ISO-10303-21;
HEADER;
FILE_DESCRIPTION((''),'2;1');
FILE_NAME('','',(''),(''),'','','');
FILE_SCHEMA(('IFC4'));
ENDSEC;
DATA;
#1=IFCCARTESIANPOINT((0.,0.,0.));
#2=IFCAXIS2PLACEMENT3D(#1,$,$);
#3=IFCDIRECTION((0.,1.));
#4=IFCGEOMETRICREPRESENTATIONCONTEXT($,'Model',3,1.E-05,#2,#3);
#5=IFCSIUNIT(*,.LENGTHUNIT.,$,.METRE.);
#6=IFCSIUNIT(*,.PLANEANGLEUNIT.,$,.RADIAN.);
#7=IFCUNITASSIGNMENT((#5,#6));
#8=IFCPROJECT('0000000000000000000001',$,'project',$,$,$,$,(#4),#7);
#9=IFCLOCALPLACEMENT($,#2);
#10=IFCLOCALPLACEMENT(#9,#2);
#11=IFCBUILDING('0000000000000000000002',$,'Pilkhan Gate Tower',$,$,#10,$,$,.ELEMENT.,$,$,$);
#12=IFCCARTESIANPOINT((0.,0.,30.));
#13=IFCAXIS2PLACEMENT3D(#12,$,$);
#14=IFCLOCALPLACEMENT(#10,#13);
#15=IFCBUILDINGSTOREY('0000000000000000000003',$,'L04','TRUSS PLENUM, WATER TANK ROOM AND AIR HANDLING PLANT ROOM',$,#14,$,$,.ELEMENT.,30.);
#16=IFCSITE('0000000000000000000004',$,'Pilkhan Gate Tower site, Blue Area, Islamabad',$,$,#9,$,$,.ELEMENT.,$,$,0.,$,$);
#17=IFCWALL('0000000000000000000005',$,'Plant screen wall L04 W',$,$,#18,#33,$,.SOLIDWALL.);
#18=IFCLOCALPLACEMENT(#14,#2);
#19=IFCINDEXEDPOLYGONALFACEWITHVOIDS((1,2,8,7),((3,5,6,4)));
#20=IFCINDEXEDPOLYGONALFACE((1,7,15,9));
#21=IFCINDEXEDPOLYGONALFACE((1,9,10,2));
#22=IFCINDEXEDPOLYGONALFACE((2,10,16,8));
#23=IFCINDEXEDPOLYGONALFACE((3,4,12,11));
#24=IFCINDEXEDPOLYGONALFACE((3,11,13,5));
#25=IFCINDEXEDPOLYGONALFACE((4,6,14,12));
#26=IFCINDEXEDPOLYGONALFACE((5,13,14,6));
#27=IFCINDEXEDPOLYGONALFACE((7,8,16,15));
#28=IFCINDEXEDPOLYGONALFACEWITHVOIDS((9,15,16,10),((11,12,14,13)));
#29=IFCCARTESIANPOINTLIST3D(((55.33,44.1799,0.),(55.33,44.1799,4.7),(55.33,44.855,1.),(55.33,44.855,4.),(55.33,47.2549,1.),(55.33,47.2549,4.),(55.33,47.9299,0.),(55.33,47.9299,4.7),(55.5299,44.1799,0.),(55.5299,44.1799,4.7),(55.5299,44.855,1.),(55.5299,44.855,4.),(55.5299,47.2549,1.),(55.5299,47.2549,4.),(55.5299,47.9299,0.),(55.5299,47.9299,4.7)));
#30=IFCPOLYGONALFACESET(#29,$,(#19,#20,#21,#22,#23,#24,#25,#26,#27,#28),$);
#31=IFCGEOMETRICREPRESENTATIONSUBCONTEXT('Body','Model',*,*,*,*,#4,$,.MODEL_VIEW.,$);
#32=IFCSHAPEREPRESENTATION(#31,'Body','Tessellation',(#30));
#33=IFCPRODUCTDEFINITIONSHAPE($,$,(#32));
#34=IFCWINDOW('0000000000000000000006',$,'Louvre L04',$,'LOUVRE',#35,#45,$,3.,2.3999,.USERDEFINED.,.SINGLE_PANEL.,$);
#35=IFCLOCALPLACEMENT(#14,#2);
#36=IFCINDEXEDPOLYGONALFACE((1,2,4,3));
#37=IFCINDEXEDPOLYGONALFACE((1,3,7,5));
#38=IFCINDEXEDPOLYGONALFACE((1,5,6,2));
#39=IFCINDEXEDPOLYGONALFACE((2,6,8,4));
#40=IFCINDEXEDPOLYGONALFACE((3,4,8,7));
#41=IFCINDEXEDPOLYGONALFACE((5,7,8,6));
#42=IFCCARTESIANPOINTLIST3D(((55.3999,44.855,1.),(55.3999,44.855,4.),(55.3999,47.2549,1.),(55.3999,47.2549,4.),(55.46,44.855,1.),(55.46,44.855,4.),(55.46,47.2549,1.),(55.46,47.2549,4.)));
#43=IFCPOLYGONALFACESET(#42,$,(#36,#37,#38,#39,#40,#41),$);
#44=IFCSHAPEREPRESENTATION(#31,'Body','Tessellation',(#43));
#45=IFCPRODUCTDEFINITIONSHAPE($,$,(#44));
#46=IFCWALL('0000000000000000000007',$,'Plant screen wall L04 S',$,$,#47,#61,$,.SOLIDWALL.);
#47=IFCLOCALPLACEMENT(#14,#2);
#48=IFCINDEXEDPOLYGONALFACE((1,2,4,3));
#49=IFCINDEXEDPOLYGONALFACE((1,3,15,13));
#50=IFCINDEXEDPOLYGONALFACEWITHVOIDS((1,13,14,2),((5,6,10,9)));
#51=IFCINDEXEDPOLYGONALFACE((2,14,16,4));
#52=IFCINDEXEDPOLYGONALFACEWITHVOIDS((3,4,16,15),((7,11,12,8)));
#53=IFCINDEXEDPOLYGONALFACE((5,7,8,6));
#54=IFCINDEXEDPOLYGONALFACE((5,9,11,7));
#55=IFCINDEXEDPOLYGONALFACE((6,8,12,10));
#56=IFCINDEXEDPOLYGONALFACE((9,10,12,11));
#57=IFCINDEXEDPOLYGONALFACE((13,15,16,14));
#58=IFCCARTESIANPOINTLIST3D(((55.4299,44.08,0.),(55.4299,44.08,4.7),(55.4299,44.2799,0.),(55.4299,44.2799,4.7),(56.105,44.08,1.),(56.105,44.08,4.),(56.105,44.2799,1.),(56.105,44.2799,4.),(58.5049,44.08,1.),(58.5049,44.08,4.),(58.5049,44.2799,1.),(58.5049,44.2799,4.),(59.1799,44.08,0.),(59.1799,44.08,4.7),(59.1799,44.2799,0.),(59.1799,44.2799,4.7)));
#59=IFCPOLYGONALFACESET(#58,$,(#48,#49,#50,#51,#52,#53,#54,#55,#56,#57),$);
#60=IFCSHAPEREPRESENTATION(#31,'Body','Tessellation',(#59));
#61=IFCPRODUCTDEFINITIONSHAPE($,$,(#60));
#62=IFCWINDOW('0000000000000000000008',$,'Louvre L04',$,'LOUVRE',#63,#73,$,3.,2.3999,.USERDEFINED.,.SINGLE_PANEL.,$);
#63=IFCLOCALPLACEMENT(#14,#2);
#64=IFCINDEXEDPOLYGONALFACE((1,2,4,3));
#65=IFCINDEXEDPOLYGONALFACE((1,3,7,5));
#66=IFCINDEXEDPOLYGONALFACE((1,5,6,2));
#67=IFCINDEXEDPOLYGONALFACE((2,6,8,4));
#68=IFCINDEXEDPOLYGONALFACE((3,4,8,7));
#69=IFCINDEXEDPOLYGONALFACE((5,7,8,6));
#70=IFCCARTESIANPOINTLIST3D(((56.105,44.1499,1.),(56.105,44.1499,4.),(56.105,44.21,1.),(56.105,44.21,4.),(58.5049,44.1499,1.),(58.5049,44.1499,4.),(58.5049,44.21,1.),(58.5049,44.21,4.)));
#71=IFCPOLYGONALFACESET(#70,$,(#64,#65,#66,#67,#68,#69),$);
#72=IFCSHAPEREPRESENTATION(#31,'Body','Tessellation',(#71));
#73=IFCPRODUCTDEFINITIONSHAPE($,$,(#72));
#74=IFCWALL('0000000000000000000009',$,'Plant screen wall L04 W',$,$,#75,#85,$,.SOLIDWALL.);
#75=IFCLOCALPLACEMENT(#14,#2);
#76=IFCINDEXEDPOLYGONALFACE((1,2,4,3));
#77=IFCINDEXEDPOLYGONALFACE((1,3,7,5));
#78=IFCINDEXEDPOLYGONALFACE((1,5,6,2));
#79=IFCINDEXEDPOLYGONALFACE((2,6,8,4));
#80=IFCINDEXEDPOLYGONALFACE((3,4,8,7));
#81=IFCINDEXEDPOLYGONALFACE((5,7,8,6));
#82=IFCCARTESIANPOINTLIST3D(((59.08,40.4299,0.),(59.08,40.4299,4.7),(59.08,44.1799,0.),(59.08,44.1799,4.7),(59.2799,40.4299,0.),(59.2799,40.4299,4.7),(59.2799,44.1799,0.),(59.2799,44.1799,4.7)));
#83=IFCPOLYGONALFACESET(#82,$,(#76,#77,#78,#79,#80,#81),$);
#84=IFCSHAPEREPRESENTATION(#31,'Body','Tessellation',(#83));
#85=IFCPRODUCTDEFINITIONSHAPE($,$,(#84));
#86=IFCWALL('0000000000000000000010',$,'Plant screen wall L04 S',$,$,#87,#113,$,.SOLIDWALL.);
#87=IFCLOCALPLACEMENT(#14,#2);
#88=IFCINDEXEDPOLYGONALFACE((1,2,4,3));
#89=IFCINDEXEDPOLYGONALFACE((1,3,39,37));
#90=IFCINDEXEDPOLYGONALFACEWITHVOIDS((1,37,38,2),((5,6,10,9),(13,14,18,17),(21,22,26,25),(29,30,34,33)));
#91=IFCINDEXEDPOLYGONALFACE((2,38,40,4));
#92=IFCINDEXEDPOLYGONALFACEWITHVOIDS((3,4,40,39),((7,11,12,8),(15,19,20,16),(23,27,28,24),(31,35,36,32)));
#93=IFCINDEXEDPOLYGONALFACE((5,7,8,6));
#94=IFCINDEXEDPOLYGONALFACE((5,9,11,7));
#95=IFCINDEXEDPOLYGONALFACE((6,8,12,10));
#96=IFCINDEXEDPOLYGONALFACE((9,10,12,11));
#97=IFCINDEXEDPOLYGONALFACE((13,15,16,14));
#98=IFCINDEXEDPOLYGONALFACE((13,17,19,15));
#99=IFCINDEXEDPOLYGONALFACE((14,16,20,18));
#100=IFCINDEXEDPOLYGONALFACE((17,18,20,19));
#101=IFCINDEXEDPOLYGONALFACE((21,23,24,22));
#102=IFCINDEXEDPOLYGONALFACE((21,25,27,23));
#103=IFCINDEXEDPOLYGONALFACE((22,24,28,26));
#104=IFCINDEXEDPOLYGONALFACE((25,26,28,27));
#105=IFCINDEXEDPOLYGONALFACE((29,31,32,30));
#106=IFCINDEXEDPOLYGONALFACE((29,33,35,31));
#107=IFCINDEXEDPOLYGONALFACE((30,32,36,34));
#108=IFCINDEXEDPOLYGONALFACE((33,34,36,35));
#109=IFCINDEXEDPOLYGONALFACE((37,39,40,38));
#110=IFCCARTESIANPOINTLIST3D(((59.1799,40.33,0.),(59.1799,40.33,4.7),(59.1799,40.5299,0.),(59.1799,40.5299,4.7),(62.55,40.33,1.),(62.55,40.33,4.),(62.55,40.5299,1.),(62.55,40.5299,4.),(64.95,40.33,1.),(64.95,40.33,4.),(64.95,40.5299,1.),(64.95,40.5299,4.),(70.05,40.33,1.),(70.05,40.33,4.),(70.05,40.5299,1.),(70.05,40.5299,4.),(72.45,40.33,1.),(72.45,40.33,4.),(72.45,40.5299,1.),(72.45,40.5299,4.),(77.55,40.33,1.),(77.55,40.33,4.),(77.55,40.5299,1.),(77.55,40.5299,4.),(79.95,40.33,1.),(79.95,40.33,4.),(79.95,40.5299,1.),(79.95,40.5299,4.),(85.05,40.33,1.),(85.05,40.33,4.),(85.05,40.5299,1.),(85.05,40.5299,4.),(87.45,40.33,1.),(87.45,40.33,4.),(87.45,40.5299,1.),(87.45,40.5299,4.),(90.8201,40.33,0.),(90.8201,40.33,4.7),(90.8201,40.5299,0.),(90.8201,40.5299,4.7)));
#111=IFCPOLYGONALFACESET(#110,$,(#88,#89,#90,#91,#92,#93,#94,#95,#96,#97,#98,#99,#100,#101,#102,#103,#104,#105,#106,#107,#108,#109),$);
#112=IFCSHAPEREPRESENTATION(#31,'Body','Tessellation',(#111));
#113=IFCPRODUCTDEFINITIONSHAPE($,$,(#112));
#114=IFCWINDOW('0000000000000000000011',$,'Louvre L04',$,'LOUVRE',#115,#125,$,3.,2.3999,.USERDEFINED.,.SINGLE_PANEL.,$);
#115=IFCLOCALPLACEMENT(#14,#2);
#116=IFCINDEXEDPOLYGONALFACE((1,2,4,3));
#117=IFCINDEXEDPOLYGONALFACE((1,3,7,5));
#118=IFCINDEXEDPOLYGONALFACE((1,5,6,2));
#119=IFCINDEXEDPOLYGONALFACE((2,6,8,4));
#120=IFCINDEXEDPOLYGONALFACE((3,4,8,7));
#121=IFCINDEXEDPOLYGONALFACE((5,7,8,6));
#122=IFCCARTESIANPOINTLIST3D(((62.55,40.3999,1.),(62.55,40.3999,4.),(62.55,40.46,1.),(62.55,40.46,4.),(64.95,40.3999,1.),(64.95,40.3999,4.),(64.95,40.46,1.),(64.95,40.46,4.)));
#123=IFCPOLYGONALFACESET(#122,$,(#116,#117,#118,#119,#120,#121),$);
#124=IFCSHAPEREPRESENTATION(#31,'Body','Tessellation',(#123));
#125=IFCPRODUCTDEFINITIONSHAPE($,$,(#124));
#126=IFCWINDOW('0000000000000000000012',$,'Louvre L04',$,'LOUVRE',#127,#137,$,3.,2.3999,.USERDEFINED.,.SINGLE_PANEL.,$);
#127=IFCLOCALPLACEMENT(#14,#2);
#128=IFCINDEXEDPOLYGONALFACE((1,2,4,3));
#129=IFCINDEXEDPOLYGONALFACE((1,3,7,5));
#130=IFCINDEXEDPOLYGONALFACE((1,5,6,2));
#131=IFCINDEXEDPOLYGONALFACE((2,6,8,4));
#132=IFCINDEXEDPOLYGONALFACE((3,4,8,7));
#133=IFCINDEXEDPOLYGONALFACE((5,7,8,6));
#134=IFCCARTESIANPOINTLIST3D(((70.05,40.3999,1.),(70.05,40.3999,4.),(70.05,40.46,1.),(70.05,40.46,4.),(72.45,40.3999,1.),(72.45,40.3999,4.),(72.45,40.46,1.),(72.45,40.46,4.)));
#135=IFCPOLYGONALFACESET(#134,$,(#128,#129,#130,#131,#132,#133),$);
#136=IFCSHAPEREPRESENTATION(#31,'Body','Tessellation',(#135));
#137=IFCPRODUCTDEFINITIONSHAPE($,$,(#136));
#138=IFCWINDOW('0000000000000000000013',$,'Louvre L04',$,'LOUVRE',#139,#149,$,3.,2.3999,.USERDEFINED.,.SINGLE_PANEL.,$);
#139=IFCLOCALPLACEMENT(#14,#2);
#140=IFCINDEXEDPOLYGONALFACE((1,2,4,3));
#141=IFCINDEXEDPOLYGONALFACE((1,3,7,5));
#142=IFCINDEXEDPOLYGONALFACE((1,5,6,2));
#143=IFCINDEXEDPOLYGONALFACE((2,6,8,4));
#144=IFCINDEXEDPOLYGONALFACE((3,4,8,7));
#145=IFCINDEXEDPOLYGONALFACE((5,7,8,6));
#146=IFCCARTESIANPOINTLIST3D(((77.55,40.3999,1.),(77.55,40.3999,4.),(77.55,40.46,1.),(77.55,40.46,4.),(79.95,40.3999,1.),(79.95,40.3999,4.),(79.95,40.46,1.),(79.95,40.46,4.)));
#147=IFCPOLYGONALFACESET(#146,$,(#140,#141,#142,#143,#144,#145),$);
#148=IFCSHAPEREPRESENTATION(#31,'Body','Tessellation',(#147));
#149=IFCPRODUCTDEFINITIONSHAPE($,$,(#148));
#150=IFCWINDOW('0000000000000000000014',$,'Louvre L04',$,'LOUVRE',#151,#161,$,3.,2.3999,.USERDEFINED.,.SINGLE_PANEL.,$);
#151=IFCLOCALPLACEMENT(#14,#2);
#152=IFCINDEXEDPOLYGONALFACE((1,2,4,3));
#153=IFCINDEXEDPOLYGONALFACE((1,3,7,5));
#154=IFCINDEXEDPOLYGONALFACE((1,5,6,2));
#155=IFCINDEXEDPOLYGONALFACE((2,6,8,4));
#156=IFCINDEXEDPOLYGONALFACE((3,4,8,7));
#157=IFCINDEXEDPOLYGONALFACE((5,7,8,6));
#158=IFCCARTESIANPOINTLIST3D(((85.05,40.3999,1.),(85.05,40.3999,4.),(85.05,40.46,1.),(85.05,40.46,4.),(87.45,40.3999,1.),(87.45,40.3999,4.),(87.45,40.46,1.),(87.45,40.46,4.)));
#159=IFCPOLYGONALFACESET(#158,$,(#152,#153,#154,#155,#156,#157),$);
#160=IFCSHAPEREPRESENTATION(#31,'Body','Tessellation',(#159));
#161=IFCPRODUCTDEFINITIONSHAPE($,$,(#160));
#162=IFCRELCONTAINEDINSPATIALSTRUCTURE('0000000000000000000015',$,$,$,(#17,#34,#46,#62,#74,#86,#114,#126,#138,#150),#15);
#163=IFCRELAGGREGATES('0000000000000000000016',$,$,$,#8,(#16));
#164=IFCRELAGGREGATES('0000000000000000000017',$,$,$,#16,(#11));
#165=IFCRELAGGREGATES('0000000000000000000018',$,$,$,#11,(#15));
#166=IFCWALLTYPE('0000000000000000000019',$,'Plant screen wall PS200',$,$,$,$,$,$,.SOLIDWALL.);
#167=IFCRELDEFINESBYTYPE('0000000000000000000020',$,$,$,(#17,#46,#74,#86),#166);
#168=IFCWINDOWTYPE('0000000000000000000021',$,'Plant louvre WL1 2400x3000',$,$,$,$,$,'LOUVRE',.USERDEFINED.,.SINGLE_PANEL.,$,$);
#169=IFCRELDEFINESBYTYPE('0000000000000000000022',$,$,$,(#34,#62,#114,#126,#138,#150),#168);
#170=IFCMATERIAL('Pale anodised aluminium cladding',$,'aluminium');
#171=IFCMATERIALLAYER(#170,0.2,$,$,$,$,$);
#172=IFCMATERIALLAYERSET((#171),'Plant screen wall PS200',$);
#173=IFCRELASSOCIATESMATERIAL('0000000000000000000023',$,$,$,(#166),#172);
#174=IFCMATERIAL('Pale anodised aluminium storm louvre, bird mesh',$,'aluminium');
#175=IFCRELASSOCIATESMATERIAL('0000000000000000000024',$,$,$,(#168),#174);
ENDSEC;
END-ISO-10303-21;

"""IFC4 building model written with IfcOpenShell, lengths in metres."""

from ifc_helpers import new_model, si_unit, direction, frame, frame_2d, origin, place, context, subcontext, project, spatial, rectangle, extrude, material, layer, layer_set, type_object, element, fill, save


model = new_model("IFC4")

# Units and contexts
model_context = context("Model", 3, precision=1e-05, world=origin(), true_north=direction((0.0, 1.0)))
body_context = subcontext(model_context, "Body", "Model", "MODEL_VIEW")
ifc_project = project(units=[si_unit("LENGTHUNIT", "METRE"), si_unit("PLANEANGLEUNIT", "RADIAN")], contexts=[model_context])

# Site, building, storey
site_placement = place(None, origin())
site = spatial("IfcSite", under=ifc_project, at=site_placement, Name="Pilkhan Gate Tower site, Blue Area, Islamabad", CompositionType="ELEMENT", RefElevation=0.0)
building_placement = place(site_placement, origin())
building = spatial("IfcBuilding", under=site, at=building_placement, Name="Pilkhan Gate Tower", CompositionType="ELEMENT")
storey_placement = place(building_placement, frame((0.0, 0.0, 30.0)))
storey = spatial("IfcBuildingStorey", under=building, at=storey_placement, Name="L04", Description="TRUSS PLENUM, WATER TANK ROOM AND AIR HANDLING PLANT ROOM", CompositionType="ELEMENT", Elevation=30.0)

# Walls, openings, windows
ifc_material_1 = material(Name="Pale anodised aluminium cladding", Category="aluminium")
ifc_layer_1 = layer(ifc_material_1, 0.2)
ifc_layer_set_1 = layer_set([ifc_layer_1], Name="Plant screen wall PS200")
wall_type_1 = type_object("IfcWallType", Name="Plant screen wall PS200", PredefinedType="SOLIDWALL", material=ifc_layer_set_1)
wall_1_placement = place(storey_placement, frame((55.4299, 44.1799, 0.0), z_axis=(0.0, 0.0, 1.0), x_axis=(0.0, 1.0, 0.0)))
wall_1 = element("IfcWall", 1, at=wall_1_placement, inside=storey, type_object=wall_type_1, Name="Plant screen wall L04 W", PredefinedType="SOLIDWALL", context=body_context, shape_type="SweptSolid", body=[
    extrude(rectangle(XDim=3.75, YDim=0.2, at=frame_2d((1.875, 0.0))), origin(), (0.0, 0.0, 1.0), 4.7),
])
opening_1_placement = place(wall_1_placement, frame((0.675, 0.0, 1.0)))
opening_1 = element("IfcOpeningElement", 2, at=opening_1_placement, cuts=wall_1, PredefinedType="OPENING", context=body_context, shape_type="SweptSolid", body=[
    extrude(rectangle(XDim=2.3999, YDim=3.0, at=frame_2d((1.2, 1.5))), frame((0.0, 0.1099, 0.0), z_axis=(0.0, -1.0, 0.0), x_axis=(1.0, 0.0, 0.0)), (0.0, 0.0, 1.0), 0.22),
])
ifc_material_2 = material(Name="Pale anodised aluminium storm louvre, bird mesh", Category="aluminium")
window_type = type_object("IfcWindowType", Name="Plant louvre WL1 2400x3000", ElementType="LOUVRE", PartitioningType="SINGLE_PANEL", PredefinedType="USERDEFINED", material=ifc_material_2)
window_1_placement = place(opening_1_placement, origin())
window_1 = element("IfcWindow", 3, at=window_1_placement, inside=storey, type_object=window_type, Name="Louvre L04", ObjectType="LOUVRE", OverallHeight=3.0, OverallWidth=2.3999, PartitioningType="SINGLE_PANEL", PredefinedType="USERDEFINED", context=body_context, shape_type="SweptSolid", body=[
    extrude(rectangle(XDim=2.3999, YDim=3.0, at=frame_2d((1.2, 1.5))), frame((0.0, 0.03, 0.0), z_axis=(0.0, -1.0, 0.0), x_axis=(1.0, 0.0, 0.0)), (0.0, 0.0, 1.0), 0.0601),
])
fill(opening_1, window_1)
wall_2_placement = place(storey_placement, frame((55.4299, 44.1799, 0.0), z_axis=(0.0, 0.0, 1.0), x_axis=(1.0, 0.0, 0.0)))
wall_2 = element("IfcWall", 4, at=wall_2_placement, inside=storey, type_object=wall_type_1, Name="Plant screen wall L04 S", PredefinedType="SOLIDWALL", context=body_context, shape_type="SweptSolid", body=[
    extrude(rectangle(XDim=3.75, YDim=0.2, at=frame_2d((1.875, 0.0))), origin(), (0.0, 0.0, 1.0), 4.7),
])
opening_2_placement = place(wall_2_placement, frame((0.675, 0.0, 1.0)))
opening_2 = element("IfcOpeningElement", 5, at=opening_2_placement, cuts=wall_2, PredefinedType="OPENING", context=body_context, shape_type="SweptSolid", body=[
    extrude(rectangle(XDim=2.3999, YDim=3.0, at=frame_2d((1.2, 1.5))), frame((0.0, 0.1099, 0.0), z_axis=(0.0, -1.0, 0.0), x_axis=(1.0, 0.0, 0.0)), (0.0, 0.0, 1.0), 0.22),
])
window_2_placement = place(opening_2_placement, origin())
window_2 = element("IfcWindow", 6, at=window_2_placement, inside=storey, type_object=window_type, Name="Louvre L04", ObjectType="LOUVRE", OverallHeight=3.0, OverallWidth=2.3999, PartitioningType="SINGLE_PANEL", PredefinedType="USERDEFINED", context=body_context, shape_type="SweptSolid", body=[
    extrude(rectangle(XDim=2.3999, YDim=3.0, at=frame_2d((1.2, 1.5))), frame((0.0, 0.03, 0.0), z_axis=(0.0, -1.0, 0.0), x_axis=(1.0, 0.0, 0.0)), (0.0, 0.0, 1.0), 0.0601),
])
fill(opening_2, window_2)

# Wall
wall_3_placement = place(storey_placement, frame((59.1799, 40.4299, 0.0), z_axis=(0.0, 0.0, 1.0), x_axis=(0.0, 1.0, 0.0)))
element("IfcWall", 7, at=wall_3_placement, inside=storey, type_object=wall_type_1, Name="Plant screen wall L04 W", PredefinedType="SOLIDWALL", context=body_context, shape_type="SweptSolid", body=[
    extrude(rectangle(XDim=3.75, YDim=0.2, at=frame_2d((1.875, 0.0))), origin(), (0.0, 0.0, 1.0), 4.7),
])

# Wall, openings, windows
wall_4_placement = place(storey_placement, frame((59.1799, 40.4299, 0.0), z_axis=(0.0, 0.0, 1.0), x_axis=(1.0, 0.0, 0.0)))
wall_4 = element("IfcWall", 8, at=wall_4_placement, inside=storey, type_object=wall_type_1, Name="Plant screen wall L04 S", PredefinedType="SOLIDWALL", context=body_context, shape_type="SweptSolid", body=[
    extrude(rectangle(XDim=31.6401, YDim=0.2, at=frame_2d((15.8201, 0.0))), origin(), (0.0, 0.0, 1.0), 4.7),
])
opening_3_placement = place(wall_4_placement, frame((3.3701, 0.0, 1.0)))
opening_3 = element("IfcOpeningElement", 9, at=opening_3_placement, cuts=wall_4, PredefinedType="OPENING", context=body_context, shape_type="SweptSolid", body=[
    extrude(rectangle(XDim=2.3999, YDim=3.0, at=frame_2d((1.2, 1.5))), frame((0.0, 0.1099, 0.0), z_axis=(0.0, -1.0, 0.0), x_axis=(1.0, 0.0, 0.0)), (0.0, 0.0, 1.0), 0.22),
])
opening_4_placement = place(wall_4_placement, frame((10.8701, 0.0, 1.0)))
opening_4 = element("IfcOpeningElement", 10, at=opening_4_placement, cuts=wall_4, PredefinedType="OPENING", context=body_context, shape_type="SweptSolid", body=[
    extrude(rectangle(XDim=2.3999, YDim=3.0, at=frame_2d((1.2, 1.5))), frame((0.0, 0.1099, 0.0), z_axis=(0.0, -1.0, 0.0), x_axis=(1.0, 0.0, 0.0)), (0.0, 0.0, 1.0), 0.22),
])
opening_5_placement = place(wall_4_placement, frame((18.3701, 0.0, 1.0)))
opening_5 = element("IfcOpeningElement", 11, at=opening_5_placement, cuts=wall_4, PredefinedType="OPENING", context=body_context, shape_type="SweptSolid", body=[
    extrude(rectangle(XDim=2.3999, YDim=3.0, at=frame_2d((1.2, 1.5))), frame((0.0, 0.1099, 0.0), z_axis=(0.0, -1.0, 0.0), x_axis=(1.0, 0.0, 0.0)), (0.0, 0.0, 1.0), 0.22),
])
opening_6_placement = place(wall_4_placement, frame((25.8701, 0.0, 1.0)))
opening_6 = element("IfcOpeningElement", 12, at=opening_6_placement, cuts=wall_4, PredefinedType="OPENING", context=body_context, shape_type="SweptSolid", body=[
    extrude(rectangle(XDim=2.3999, YDim=3.0, at=frame_2d((1.2, 1.5))), frame((0.0, 0.1099, 0.0), z_axis=(0.0, -1.0, 0.0), x_axis=(1.0, 0.0, 0.0)), (0.0, 0.0, 1.0), 0.22),
])
window_3_placement = place(opening_3_placement, origin())
window_3 = element("IfcWindow", 13, at=window_3_placement, inside=storey, type_object=window_type, Name="Louvre L04", ObjectType="LOUVRE", OverallHeight=3.0, OverallWidth=2.3999, PartitioningType="SINGLE_PANEL", PredefinedType="USERDEFINED", context=body_context, shape_type="SweptSolid", body=[
    extrude(rectangle(XDim=2.3999, YDim=3.0, at=frame_2d((1.2, 1.5))), frame((0.0, 0.03, 0.0), z_axis=(0.0, -1.0, 0.0), x_axis=(1.0, 0.0, 0.0)), (0.0, 0.0, 1.0), 0.0601),
])
fill(opening_3, window_3)
window_4_placement = place(opening_4_placement, origin())
window_4 = element("IfcWindow", 14, at=window_4_placement, inside=storey, type_object=window_type, Name="Louvre L04", ObjectType="LOUVRE", OverallHeight=3.0, OverallWidth=2.3999, PartitioningType="SINGLE_PANEL", PredefinedType="USERDEFINED", context=body_context, shape_type="SweptSolid", body=[
    extrude(rectangle(XDim=2.3999, YDim=3.0, at=frame_2d((1.2, 1.5))), frame((0.0, 0.03, 0.0), z_axis=(0.0, -1.0, 0.0), x_axis=(1.0, 0.0, 0.0)), (0.0, 0.0, 1.0), 0.0601),
])
fill(opening_4, window_4)
window_5_placement = place(opening_5_placement, origin())
window_5 = element("IfcWindow", 15, at=window_5_placement, inside=storey, type_object=window_type, Name="Louvre L04", ObjectType="LOUVRE", OverallHeight=3.0, OverallWidth=2.3999, PartitioningType="SINGLE_PANEL", PredefinedType="USERDEFINED", context=body_context, shape_type="SweptSolid", body=[
    extrude(rectangle(XDim=2.3999, YDim=3.0, at=frame_2d((1.2, 1.5))), frame((0.0, 0.03, 0.0), z_axis=(0.0, -1.0, 0.0), x_axis=(1.0, 0.0, 0.0)), (0.0, 0.0, 1.0), 0.0601),
])
fill(opening_5, window_5)
window_6_placement = place(opening_6_placement, origin())
window_6 = element("IfcWindow", 16, at=window_6_placement, inside=storey, type_object=window_type, Name="Louvre L04", ObjectType="LOUVRE", OverallHeight=3.0, OverallWidth=2.3999, PartitioningType="SINGLE_PANEL", PredefinedType="USERDEFINED", context=body_context, shape_type="SweptSolid", body=[
    extrude(rectangle(XDim=2.3999, YDim=3.0, at=frame_2d((1.2, 1.5))), frame((0.0, 0.03, 0.0), z_axis=(0.0, -1.0, 0.0), x_axis=(1.0, 0.0, 0.0)), (0.0, 0.0, 1.0), 0.0601),
])
fill(opening_6, window_6)

save(model, "model.ifc")
